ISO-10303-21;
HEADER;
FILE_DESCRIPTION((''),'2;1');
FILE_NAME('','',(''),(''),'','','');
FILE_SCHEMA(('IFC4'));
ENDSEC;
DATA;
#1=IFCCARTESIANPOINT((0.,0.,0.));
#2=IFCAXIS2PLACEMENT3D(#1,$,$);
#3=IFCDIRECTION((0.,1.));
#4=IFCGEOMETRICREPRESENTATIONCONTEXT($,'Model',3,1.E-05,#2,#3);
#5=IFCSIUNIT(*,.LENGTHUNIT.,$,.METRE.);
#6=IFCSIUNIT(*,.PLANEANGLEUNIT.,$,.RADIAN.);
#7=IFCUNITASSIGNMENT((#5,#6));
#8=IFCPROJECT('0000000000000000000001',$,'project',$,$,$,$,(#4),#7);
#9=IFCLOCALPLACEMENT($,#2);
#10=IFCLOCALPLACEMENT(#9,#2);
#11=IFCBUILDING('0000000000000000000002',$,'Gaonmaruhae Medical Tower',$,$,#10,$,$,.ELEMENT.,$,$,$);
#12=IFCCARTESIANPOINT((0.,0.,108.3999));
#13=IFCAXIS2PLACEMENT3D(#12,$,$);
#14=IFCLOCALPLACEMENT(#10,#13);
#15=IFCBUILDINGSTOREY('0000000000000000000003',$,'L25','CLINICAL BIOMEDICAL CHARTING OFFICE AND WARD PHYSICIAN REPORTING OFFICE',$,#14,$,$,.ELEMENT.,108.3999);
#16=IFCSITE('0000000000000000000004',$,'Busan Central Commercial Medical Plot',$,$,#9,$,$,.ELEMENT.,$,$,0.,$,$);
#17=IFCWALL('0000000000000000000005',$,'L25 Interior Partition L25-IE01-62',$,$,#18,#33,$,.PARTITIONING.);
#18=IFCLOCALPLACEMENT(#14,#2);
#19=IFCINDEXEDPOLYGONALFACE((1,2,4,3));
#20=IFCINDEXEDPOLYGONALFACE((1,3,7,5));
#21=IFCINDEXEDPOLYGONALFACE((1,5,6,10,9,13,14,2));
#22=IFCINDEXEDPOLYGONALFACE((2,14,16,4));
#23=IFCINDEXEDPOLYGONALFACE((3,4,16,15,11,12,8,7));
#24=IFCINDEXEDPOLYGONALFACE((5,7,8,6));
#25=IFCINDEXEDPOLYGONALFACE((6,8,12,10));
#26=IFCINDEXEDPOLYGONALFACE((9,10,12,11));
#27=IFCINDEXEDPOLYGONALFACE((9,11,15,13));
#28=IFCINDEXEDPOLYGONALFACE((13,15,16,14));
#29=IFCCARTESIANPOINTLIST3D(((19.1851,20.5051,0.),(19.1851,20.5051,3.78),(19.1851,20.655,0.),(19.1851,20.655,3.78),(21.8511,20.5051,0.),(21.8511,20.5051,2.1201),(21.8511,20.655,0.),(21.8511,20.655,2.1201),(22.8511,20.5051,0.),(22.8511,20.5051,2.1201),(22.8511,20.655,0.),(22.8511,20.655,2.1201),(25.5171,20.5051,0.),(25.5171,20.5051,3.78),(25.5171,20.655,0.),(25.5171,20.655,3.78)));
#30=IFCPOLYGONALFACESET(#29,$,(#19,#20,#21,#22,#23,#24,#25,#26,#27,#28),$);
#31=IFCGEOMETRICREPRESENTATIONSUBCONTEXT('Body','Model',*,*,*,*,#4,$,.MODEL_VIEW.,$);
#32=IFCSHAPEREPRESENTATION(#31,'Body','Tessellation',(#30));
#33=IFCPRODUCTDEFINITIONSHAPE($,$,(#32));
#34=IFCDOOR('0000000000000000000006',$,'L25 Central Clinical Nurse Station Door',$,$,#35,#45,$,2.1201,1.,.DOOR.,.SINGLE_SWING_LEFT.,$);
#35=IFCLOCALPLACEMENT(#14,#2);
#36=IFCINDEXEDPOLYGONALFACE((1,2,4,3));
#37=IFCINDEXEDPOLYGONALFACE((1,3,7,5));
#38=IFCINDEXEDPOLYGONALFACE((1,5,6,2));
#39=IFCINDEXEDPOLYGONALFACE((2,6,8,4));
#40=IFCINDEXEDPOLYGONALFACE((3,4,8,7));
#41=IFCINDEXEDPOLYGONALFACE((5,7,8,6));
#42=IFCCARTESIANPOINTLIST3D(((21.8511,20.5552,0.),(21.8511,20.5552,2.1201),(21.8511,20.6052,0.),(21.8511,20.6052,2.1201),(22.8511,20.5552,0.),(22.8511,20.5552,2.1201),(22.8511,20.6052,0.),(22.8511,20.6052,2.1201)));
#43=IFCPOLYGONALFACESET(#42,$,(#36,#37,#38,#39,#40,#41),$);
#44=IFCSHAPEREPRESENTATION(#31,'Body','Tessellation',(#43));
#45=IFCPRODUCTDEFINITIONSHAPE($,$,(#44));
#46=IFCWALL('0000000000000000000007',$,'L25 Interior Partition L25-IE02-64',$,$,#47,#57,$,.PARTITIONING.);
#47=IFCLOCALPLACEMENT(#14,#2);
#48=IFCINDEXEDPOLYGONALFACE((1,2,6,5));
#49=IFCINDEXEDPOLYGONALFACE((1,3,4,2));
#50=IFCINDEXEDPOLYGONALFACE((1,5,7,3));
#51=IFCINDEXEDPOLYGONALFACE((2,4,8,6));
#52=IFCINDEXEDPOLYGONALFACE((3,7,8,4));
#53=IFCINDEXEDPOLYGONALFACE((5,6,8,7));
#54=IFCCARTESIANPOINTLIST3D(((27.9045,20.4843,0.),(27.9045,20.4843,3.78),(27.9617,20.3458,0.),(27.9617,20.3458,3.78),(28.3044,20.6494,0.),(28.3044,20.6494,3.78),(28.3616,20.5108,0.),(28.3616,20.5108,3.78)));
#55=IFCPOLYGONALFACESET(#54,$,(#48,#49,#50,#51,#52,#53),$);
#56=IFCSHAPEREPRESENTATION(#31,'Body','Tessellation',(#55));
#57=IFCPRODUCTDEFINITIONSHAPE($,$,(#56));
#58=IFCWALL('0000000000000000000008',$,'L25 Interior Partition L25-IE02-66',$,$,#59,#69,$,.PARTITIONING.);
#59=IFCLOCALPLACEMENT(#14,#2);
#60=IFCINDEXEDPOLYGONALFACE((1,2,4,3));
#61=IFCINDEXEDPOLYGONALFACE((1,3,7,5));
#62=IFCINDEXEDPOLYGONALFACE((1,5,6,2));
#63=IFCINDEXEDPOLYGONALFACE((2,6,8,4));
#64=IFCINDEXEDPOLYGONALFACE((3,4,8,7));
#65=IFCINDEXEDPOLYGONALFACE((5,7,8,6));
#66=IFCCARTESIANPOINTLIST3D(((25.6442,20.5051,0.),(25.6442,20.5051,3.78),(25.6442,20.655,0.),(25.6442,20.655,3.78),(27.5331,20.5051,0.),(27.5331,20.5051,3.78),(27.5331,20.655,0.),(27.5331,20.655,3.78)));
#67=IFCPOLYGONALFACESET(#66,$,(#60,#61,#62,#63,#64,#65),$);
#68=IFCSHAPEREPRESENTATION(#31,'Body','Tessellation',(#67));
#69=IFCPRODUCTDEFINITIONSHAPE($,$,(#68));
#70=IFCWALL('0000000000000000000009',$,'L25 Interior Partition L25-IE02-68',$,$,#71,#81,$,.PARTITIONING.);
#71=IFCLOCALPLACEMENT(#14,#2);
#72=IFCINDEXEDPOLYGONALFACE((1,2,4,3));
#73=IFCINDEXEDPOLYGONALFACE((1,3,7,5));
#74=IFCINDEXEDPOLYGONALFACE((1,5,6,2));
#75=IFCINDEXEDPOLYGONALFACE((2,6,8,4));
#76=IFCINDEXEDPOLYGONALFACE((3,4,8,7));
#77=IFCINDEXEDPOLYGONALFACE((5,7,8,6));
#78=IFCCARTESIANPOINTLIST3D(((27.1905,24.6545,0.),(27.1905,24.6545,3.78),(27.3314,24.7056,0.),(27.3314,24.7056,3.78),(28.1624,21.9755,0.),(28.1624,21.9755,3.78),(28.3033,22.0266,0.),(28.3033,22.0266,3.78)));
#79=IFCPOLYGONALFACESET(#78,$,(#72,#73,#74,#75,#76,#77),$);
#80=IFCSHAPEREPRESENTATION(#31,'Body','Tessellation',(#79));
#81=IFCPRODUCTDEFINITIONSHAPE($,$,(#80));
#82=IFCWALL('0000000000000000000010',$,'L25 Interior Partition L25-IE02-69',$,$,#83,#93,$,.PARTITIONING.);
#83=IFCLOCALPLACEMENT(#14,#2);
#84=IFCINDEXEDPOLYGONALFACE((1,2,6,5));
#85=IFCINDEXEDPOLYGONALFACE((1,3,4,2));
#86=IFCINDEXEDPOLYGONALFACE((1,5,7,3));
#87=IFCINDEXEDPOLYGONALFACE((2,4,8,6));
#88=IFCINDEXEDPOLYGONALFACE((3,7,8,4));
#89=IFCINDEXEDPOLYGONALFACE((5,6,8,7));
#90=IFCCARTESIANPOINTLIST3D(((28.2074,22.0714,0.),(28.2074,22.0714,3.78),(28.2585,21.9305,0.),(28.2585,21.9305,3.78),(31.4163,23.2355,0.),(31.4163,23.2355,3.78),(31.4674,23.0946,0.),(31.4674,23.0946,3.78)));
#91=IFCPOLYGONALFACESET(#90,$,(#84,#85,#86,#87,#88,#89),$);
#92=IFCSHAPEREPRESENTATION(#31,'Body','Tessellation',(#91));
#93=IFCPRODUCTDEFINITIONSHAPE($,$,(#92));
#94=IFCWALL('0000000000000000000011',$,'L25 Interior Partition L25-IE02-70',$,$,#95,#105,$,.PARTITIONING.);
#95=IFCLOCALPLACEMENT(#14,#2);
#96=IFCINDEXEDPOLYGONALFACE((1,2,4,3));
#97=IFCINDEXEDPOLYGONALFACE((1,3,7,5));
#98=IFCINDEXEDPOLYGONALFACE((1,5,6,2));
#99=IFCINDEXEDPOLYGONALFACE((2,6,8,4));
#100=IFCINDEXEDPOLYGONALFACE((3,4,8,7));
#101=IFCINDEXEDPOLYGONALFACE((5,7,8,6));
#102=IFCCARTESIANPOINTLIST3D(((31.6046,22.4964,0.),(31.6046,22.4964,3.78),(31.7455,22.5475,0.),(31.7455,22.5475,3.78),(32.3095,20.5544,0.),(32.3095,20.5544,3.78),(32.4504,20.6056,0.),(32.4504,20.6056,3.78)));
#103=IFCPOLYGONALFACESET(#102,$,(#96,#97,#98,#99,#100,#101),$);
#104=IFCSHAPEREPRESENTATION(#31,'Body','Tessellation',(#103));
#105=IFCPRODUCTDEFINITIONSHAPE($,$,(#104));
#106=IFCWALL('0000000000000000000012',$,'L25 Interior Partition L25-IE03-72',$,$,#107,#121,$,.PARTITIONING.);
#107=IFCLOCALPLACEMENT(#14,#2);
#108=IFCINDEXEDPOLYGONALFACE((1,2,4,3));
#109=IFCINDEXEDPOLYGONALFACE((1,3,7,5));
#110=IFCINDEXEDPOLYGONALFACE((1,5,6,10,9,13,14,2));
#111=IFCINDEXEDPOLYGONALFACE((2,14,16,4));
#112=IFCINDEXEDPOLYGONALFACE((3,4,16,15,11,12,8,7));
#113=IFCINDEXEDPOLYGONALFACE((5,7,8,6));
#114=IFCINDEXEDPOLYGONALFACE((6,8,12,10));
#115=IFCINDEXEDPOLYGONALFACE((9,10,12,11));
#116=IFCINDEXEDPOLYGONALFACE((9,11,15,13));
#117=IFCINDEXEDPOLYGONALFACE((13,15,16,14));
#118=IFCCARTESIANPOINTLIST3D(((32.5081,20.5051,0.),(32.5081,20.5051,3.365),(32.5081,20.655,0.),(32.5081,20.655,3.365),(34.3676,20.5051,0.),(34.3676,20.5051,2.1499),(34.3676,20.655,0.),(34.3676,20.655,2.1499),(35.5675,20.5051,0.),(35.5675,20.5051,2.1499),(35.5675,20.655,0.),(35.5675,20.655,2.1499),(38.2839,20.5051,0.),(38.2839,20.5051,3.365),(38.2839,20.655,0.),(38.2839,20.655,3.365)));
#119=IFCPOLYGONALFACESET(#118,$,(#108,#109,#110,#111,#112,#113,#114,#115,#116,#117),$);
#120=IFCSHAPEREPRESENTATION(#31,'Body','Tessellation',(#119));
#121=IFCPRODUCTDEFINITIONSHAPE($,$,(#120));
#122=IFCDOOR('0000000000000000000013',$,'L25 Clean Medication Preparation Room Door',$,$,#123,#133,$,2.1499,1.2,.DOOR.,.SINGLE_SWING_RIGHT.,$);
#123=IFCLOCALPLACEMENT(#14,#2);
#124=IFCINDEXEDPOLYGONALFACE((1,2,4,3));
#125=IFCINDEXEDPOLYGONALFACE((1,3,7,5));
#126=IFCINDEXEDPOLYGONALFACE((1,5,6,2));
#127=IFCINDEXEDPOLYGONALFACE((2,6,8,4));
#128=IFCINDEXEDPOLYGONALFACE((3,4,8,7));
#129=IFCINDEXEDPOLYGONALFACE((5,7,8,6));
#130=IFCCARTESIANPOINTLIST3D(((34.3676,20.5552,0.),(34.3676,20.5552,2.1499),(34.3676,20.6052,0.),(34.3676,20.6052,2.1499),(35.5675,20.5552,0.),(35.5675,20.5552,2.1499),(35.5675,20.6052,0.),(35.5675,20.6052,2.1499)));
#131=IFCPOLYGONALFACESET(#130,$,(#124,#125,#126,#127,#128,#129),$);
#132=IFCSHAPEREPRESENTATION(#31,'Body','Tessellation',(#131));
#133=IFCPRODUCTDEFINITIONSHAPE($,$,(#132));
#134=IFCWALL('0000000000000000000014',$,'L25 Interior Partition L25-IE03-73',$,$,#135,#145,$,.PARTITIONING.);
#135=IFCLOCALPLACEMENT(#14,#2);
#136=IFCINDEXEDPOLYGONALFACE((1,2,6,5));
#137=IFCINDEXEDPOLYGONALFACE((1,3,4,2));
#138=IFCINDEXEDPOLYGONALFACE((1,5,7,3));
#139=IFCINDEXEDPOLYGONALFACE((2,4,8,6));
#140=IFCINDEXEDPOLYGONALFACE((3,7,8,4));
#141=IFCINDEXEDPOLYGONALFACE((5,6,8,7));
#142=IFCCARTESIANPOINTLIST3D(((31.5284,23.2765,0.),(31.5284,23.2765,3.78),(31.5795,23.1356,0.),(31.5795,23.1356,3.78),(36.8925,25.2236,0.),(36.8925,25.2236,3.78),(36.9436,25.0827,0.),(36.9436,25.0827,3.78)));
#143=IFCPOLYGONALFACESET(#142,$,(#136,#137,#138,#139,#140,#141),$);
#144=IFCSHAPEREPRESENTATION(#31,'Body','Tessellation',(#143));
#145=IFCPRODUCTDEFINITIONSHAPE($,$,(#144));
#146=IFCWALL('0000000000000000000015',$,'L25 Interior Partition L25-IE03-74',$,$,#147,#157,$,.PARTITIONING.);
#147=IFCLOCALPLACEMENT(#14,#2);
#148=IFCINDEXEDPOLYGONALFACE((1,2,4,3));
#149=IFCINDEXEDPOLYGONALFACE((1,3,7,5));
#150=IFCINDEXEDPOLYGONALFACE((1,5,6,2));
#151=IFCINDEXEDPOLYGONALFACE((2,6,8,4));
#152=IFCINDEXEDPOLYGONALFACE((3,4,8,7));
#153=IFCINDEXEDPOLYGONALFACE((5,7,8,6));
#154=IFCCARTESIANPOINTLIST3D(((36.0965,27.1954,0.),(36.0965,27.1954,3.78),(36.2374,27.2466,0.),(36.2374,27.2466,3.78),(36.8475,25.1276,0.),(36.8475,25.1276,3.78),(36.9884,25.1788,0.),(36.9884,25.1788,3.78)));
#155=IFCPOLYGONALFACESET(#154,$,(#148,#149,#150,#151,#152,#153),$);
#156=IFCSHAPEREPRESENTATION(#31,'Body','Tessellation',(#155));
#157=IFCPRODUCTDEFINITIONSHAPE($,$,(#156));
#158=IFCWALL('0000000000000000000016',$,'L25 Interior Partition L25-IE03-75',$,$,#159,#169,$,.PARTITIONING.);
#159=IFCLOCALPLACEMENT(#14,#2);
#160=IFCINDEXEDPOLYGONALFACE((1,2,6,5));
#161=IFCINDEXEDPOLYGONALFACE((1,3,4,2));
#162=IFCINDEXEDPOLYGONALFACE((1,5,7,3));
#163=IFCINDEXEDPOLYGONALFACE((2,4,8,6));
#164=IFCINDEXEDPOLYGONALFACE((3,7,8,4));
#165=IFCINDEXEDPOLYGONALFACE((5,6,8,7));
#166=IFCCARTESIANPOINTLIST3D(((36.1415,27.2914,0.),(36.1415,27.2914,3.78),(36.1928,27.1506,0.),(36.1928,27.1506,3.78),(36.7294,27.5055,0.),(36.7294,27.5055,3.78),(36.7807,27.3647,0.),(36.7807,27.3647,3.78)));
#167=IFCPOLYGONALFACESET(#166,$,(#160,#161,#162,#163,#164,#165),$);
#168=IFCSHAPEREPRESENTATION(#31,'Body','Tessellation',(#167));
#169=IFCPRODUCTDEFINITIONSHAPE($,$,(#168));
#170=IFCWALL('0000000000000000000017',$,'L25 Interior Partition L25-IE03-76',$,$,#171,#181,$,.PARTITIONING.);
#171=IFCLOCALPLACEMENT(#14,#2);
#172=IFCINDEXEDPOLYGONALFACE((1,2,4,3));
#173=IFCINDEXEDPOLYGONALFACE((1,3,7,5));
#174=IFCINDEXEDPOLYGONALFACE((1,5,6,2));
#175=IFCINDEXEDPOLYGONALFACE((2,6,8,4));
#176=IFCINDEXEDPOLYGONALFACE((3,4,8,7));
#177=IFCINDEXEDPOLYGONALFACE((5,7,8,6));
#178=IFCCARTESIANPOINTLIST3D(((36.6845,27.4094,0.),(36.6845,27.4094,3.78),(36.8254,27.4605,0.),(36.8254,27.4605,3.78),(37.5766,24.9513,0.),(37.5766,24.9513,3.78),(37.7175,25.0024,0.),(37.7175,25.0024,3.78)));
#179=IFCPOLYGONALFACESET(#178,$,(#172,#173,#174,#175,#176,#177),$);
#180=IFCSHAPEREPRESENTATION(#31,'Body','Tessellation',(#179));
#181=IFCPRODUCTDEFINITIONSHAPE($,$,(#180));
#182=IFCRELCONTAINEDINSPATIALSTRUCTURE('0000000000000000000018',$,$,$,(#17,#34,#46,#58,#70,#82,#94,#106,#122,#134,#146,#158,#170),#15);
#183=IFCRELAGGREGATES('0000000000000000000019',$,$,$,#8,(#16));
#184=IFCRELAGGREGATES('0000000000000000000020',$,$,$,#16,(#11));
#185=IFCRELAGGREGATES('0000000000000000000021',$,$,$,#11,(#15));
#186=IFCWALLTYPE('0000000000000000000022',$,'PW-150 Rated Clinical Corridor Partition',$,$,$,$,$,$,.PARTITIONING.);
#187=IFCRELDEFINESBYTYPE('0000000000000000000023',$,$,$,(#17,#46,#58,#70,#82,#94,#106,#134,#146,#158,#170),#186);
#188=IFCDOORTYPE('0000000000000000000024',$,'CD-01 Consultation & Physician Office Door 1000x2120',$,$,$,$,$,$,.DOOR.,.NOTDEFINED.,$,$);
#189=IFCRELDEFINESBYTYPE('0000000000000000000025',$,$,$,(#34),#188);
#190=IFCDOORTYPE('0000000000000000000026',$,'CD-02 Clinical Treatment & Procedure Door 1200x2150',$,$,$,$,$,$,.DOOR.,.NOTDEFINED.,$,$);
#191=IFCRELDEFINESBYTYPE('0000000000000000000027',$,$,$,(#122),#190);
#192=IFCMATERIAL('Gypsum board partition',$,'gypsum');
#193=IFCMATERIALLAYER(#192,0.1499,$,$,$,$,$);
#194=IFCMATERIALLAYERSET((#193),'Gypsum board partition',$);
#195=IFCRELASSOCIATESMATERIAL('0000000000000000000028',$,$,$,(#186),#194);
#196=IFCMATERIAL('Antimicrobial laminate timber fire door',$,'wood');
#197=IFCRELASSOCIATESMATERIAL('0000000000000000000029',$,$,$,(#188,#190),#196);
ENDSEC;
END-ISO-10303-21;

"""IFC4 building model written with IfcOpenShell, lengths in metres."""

from ifc_helpers import new_model, si_unit, direction, frame, frame_2d, origin, place, context, subcontext, project, spatial, rectangle, extrude, material, layer, layer_set, type_object, element, fill, save


model = new_model("IFC4")

# Units and contexts
model_context = context("Model", 3, precision=1e-05, world=origin(), true_north=direction((0.0, 1.0)))
body_context = subcontext(model_context, "Body", "Model", "MODEL_VIEW")
ifc_project = project(units=[si_unit("LENGTHUNIT", "METRE"), si_unit("PLANEANGLEUNIT", "RADIAN")], contexts=[model_context])

# Site, building, storey
site_placement = place(None, origin())
site = spatial("IfcSite", under=ifc_project, at=site_placement, Name="Busan Central Commercial Medical Plot", CompositionType="ELEMENT", RefElevation=0.0)
building_placement = place(site_placement, origin())
building = spatial("IfcBuilding", under=site, at=building_placement, Name="Gaonmaruhae Medical Tower", CompositionType="ELEMENT")
storey_placement = place(building_placement, frame((0.0, 0.0, 108.3999)))
storey = spatial("IfcBuildingStorey", under=building, at=storey_placement, Name="L25", Description="CLINICAL BIOMEDICAL CHARTING OFFICE AND WARD PHYSICIAN REPORTING OFFICE", CompositionType="ELEMENT", Elevation=108.3999)

# Wall, opening, door
ifc_material_1 = material(Name="Gypsum board partition", Category="gypsum")
ifc_layer_1 = layer(ifc_material_1, 0.1499)
ifc_layer_set_1 = layer_set([ifc_layer_1], Name="Gypsum board partition")
wall_type_1 = type_object("IfcWallType", Name="PW-150 Rated Clinical Corridor Partition", PredefinedType="PARTITIONING", material=ifc_layer_set_1)
wall_1_placement = place(storey_placement, frame((25.5171, 20.5801, 0.0), z_axis=(0.0, 0.0, 1.0), x_axis=(-1.0, 0.0, 0.0)))
wall_1 = element("IfcWall", 1, at=wall_1_placement, inside=storey, type_object=wall_type_1, Name="L25 Interior Partition L25-IE01-62", PredefinedType="PARTITIONING", context=body_context, shape_type="SweptSolid", body=[
    extrude(rectangle(XDim=6.332, YDim=0.1499, at=frame_2d((3.166, 0.0))), origin(), (0.0, 0.0, 1.0), 3.78),
])
opening_1_placement = place(wall_1_placement, frame((2.666, 0.0, 0.0)))
opening_1 = element("IfcOpeningElement", 2, at=opening_1_placement, cuts=wall_1, PredefinedType="OPENING", context=body_context, shape_type="SweptSolid", body=[
    extrude(rectangle(XDim=1.0, YDim=2.1201, at=frame_2d((0.5, 1.0601))), frame((0.0, 0.085, 0.0), z_axis=(0.0, -1.0, 0.0), x_axis=(1.0, 0.0, 0.0)), (0.0, 0.0, 1.0), 0.1699),
])
ifc_material_2 = material(Name="Antimicrobial laminate timber fire door", Category="wood")
door_type_1 = type_object("IfcDoorType", Name="CD-01 Consultation & Physician Office Door 1000x2120", OperationType="NOTDEFINED", PredefinedType="DOOR", material=ifc_material_2)
door_1_placement = place(opening_1_placement, origin())
door_1 = element("IfcDoor", 3, at=door_1_placement, inside=storey, type_object=door_type_1, Name="L25 Central Clinical Nurse Station Door", OperationType="SINGLE_SWING_LEFT", OverallHeight=2.1201, OverallWidth=1.0, PredefinedType="DOOR", context=body_context, shape_type="SweptSolid", body=[
    extrude(rectangle(XDim=1.0, YDim=2.1201, at=frame_2d((0.5, 1.0601))), frame((0.0, 0.0249, 0.0), z_axis=(0.0, -1.0, 0.0), x_axis=(1.0, 0.0, 0.0)), (0.0, 0.0, 1.0), 0.05),
])
fill(opening_1, door_1)

# Walls
wall_2_placement = place(storey_placement, frame((28.333, 20.5801, 0.0), z_axis=(0.0, 0.0, 1.0), x_axis=(-0.924374, -0.381488, 0.0)))
element("IfcWall", 4, at=wall_2_placement, inside=storey, type_object=wall_type_1, Name="L25 Interior Partition L25-IE02-64", PredefinedType="PARTITIONING", context=body_context, shape_type="SweptSolid", body=[
    extrude(rectangle(XDim=0.4326, YDim=0.1499, at=frame_2d((0.2163, 0.0))), origin(), (0.0, 0.0, 1.0), 3.78),
])
wall_3_placement = place(storey_placement, frame((27.533, 20.5801, 0.0), z_axis=(0.0, 0.0, 1.0), x_axis=(-1.0, 0.0, 0.0)))
element("IfcWall", 5, at=wall_3_placement, inside=storey, type_object=wall_type_1, Name="L25 Interior Partition L25-IE02-66", PredefinedType="PARTITIONING", context=body_context, shape_type="SweptSolid", body=[
    extrude(rectangle(XDim=1.8889, YDim=0.1499, at=frame_2d((0.9443, 0.0))), origin(), (0.0, 0.0, 1.0), 3.78),
])
wall_4_placement = place(storey_placement, frame((27.261, 24.6799, 0.0), z_axis=(0.0, 0.0, 1.0), x_axis=(0.341048, -0.940046, 0.0)))
element("IfcWall", 6, at=wall_4_placement, inside=storey, type_object=wall_type_1, Name="L25 Interior Partition L25-IE02-68", PredefinedType="PARTITIONING", context=body_context, shape_type="SweptSolid", body=[
    extrude(rectangle(XDim=2.8499, YDim=0.1499, at=frame_2d((1.4248, 0.0))), origin(), (0.0, 0.0, 1.0), 3.78),
])
wall_5_placement = place(storey_placement, frame((28.2329, 22.001, 0.0), z_axis=(0.0, 0.0, 1.0), x_axis=(0.94006, 0.341008, 0.0)))
element("IfcWall", 7, at=wall_5_placement, inside=storey, type_object=wall_type_1, Name="L25 Interior Partition L25-IE02-69", PredefinedType="PARTITIONING", context=body_context, shape_type="SweptSolid", body=[
    extrude(rectangle(XDim=3.4136, YDim=0.1499, at=frame_2d((1.7068, 0.0))), origin(), (0.0, 0.0, 1.0), 3.78),
])
wall_6_placement = place(storey_placement, frame((31.675, 22.522, 0.0), z_axis=(0.0, 0.0, 1.0), x_axis=(0.341183, -0.939997, 0.0)))
element("IfcWall", 8, at=wall_6_placement, inside=storey, type_object=wall_type_1, Name="L25 Interior Partition L25-IE02-70", PredefinedType="PARTITIONING", context=body_context, shape_type="SweptSolid", body=[
    extrude(rectangle(XDim=2.0659, YDim=0.1499, at=frame_2d((1.033, 0.0))), origin(), (0.0, 0.0, 1.0), 3.78),
])

# Wall, opening, door
wall_7_placement = place(storey_placement, frame((38.2839, 20.5801, 0.0), z_axis=(0.0, 0.0, 1.0), x_axis=(-1.0, 0.0, 0.0)))
wall_7 = element("IfcWall", 9, at=wall_7_placement, inside=storey, type_object=wall_type_1, Name="L25 Interior Partition L25-IE03-72", PredefinedType="PARTITIONING", context=body_context, shape_type="SweptSolid", body=[
    extrude(rectangle(XDim=5.7759, YDim=0.1499, at=frame_2d((2.8879, 0.0))), origin(), (0.0, 0.0, 1.0), 3.365),
])
opening_2_placement = place(wall_7_placement, frame((2.7163, 0.0, 0.0)))
opening_2 = element("IfcOpeningElement", 10, at=opening_2_placement, cuts=wall_7, PredefinedType="OPENING", context=body_context, shape_type="SweptSolid", body=[
    extrude(rectangle(XDim=1.2, YDim=2.1499, at=frame_2d((0.6001, 1.075))), frame((0.0, 0.085, 0.0), z_axis=(0.0, -1.0, 0.0), x_axis=(1.0, 0.0, 0.0)), (0.0, 0.0, 1.0), 0.1699),
])
door_type_2 = type_object("IfcDoorType", Name="CD-02 Clinical Treatment & Procedure Door 1200x2150", OperationType="NOTDEFINED", PredefinedType="DOOR", material=ifc_material_2)
door_2_placement = place(opening_2_placement, origin())
door_2 = element("IfcDoor", 11, at=door_2_placement, inside=storey, type_object=door_type_2, Name="L25 Clean Medication Preparation Room Door", OperationType="SINGLE_SWING_RIGHT", OverallHeight=2.1499, OverallWidth=1.2, PredefinedType="DOOR", context=body_context, shape_type="SweptSolid", body=[
    extrude(rectangle(XDim=1.2, YDim=2.1499, at=frame_2d((0.6001, 1.075))), frame((0.0, 0.0249, 0.0), z_axis=(0.0, -1.0, 0.0), x_axis=(1.0, 0.0, 0.0)), (0.0, 0.0, 1.0), 0.05),
])
fill(opening_2, door_2)

# Walls
wall_8_placement = place(storey_placement, frame((31.554, 23.2061, 0.0), z_axis=(0.0, 0.0, 1.0), x_axis=(0.939992, 0.341197, 0.0)))
element("IfcWall", 12, at=wall_8_placement, inside=storey, type_object=wall_type_1, Name="L25 Interior Partition L25-IE03-73", PredefinedType="PARTITIONING", context=body_context, shape_type="SweptSolid", body=[
    extrude(rectangle(XDim=5.7065, YDim=0.1499, at=frame_2d((2.8533, 0.0))), origin(), (0.0, 0.0, 1.0), 3.78),
])
wall_9_placement = place(storey_placement, frame((36.918, 25.1531, 0.0), z_axis=(0.0, 0.0, 1.0), x_axis=(-0.341351, 0.939936, 0.0)))
element("IfcWall", 13, at=wall_9_placement, inside=storey, type_object=wall_type_1, Name="L25 Interior Partition L25-IE03-74", PredefinedType="PARTITIONING", context=body_context, shape_type="SweptSolid", body=[
    extrude(rectangle(XDim=2.2, YDim=0.1499, at=frame_2d((1.1001, 0.0))), origin(), (0.0, 0.0, 1.0), 3.78),
])
wall_10_placement = place(storey_placement, frame((36.167, 27.2209, 0.0), z_axis=(0.0, 0.0, 1.0), x_axis=(0.939622, 0.342213, 0.0)))
element("IfcWall", 14, at=wall_10_placement, inside=storey, type_object=wall_type_1, Name="L25 Interior Partition L25-IE03-75", PredefinedType="PARTITIONING", context=body_context, shape_type="SweptSolid", body=[
    extrude(rectangle(XDim=0.6257, YDim=0.1499, at=frame_2d((0.313, 0.0))), origin(), (0.0, 0.0, 1.0), 3.78),
])
wall_11_placement = place(storey_placement, frame((36.7549, 27.4351, 0.0), z_axis=(0.0, 0.0, 1.0), x_axis=(0.341158, -0.940006, 0.0)))
element("IfcWall", 15, at=wall_11_placement, inside=storey, type_object=wall_type_1, Name="L25 Interior Partition L25-IE03-76", PredefinedType="PARTITIONING", context=body_context, shape_type="SweptSolid", body=[
    extrude(rectangle(XDim=2.615, YDim=0.1499, at=frame_2d((1.3076, 0.0))), origin(), (0.0, 0.0, 1.0), 3.78),
])

save(model, "model.ifc")
